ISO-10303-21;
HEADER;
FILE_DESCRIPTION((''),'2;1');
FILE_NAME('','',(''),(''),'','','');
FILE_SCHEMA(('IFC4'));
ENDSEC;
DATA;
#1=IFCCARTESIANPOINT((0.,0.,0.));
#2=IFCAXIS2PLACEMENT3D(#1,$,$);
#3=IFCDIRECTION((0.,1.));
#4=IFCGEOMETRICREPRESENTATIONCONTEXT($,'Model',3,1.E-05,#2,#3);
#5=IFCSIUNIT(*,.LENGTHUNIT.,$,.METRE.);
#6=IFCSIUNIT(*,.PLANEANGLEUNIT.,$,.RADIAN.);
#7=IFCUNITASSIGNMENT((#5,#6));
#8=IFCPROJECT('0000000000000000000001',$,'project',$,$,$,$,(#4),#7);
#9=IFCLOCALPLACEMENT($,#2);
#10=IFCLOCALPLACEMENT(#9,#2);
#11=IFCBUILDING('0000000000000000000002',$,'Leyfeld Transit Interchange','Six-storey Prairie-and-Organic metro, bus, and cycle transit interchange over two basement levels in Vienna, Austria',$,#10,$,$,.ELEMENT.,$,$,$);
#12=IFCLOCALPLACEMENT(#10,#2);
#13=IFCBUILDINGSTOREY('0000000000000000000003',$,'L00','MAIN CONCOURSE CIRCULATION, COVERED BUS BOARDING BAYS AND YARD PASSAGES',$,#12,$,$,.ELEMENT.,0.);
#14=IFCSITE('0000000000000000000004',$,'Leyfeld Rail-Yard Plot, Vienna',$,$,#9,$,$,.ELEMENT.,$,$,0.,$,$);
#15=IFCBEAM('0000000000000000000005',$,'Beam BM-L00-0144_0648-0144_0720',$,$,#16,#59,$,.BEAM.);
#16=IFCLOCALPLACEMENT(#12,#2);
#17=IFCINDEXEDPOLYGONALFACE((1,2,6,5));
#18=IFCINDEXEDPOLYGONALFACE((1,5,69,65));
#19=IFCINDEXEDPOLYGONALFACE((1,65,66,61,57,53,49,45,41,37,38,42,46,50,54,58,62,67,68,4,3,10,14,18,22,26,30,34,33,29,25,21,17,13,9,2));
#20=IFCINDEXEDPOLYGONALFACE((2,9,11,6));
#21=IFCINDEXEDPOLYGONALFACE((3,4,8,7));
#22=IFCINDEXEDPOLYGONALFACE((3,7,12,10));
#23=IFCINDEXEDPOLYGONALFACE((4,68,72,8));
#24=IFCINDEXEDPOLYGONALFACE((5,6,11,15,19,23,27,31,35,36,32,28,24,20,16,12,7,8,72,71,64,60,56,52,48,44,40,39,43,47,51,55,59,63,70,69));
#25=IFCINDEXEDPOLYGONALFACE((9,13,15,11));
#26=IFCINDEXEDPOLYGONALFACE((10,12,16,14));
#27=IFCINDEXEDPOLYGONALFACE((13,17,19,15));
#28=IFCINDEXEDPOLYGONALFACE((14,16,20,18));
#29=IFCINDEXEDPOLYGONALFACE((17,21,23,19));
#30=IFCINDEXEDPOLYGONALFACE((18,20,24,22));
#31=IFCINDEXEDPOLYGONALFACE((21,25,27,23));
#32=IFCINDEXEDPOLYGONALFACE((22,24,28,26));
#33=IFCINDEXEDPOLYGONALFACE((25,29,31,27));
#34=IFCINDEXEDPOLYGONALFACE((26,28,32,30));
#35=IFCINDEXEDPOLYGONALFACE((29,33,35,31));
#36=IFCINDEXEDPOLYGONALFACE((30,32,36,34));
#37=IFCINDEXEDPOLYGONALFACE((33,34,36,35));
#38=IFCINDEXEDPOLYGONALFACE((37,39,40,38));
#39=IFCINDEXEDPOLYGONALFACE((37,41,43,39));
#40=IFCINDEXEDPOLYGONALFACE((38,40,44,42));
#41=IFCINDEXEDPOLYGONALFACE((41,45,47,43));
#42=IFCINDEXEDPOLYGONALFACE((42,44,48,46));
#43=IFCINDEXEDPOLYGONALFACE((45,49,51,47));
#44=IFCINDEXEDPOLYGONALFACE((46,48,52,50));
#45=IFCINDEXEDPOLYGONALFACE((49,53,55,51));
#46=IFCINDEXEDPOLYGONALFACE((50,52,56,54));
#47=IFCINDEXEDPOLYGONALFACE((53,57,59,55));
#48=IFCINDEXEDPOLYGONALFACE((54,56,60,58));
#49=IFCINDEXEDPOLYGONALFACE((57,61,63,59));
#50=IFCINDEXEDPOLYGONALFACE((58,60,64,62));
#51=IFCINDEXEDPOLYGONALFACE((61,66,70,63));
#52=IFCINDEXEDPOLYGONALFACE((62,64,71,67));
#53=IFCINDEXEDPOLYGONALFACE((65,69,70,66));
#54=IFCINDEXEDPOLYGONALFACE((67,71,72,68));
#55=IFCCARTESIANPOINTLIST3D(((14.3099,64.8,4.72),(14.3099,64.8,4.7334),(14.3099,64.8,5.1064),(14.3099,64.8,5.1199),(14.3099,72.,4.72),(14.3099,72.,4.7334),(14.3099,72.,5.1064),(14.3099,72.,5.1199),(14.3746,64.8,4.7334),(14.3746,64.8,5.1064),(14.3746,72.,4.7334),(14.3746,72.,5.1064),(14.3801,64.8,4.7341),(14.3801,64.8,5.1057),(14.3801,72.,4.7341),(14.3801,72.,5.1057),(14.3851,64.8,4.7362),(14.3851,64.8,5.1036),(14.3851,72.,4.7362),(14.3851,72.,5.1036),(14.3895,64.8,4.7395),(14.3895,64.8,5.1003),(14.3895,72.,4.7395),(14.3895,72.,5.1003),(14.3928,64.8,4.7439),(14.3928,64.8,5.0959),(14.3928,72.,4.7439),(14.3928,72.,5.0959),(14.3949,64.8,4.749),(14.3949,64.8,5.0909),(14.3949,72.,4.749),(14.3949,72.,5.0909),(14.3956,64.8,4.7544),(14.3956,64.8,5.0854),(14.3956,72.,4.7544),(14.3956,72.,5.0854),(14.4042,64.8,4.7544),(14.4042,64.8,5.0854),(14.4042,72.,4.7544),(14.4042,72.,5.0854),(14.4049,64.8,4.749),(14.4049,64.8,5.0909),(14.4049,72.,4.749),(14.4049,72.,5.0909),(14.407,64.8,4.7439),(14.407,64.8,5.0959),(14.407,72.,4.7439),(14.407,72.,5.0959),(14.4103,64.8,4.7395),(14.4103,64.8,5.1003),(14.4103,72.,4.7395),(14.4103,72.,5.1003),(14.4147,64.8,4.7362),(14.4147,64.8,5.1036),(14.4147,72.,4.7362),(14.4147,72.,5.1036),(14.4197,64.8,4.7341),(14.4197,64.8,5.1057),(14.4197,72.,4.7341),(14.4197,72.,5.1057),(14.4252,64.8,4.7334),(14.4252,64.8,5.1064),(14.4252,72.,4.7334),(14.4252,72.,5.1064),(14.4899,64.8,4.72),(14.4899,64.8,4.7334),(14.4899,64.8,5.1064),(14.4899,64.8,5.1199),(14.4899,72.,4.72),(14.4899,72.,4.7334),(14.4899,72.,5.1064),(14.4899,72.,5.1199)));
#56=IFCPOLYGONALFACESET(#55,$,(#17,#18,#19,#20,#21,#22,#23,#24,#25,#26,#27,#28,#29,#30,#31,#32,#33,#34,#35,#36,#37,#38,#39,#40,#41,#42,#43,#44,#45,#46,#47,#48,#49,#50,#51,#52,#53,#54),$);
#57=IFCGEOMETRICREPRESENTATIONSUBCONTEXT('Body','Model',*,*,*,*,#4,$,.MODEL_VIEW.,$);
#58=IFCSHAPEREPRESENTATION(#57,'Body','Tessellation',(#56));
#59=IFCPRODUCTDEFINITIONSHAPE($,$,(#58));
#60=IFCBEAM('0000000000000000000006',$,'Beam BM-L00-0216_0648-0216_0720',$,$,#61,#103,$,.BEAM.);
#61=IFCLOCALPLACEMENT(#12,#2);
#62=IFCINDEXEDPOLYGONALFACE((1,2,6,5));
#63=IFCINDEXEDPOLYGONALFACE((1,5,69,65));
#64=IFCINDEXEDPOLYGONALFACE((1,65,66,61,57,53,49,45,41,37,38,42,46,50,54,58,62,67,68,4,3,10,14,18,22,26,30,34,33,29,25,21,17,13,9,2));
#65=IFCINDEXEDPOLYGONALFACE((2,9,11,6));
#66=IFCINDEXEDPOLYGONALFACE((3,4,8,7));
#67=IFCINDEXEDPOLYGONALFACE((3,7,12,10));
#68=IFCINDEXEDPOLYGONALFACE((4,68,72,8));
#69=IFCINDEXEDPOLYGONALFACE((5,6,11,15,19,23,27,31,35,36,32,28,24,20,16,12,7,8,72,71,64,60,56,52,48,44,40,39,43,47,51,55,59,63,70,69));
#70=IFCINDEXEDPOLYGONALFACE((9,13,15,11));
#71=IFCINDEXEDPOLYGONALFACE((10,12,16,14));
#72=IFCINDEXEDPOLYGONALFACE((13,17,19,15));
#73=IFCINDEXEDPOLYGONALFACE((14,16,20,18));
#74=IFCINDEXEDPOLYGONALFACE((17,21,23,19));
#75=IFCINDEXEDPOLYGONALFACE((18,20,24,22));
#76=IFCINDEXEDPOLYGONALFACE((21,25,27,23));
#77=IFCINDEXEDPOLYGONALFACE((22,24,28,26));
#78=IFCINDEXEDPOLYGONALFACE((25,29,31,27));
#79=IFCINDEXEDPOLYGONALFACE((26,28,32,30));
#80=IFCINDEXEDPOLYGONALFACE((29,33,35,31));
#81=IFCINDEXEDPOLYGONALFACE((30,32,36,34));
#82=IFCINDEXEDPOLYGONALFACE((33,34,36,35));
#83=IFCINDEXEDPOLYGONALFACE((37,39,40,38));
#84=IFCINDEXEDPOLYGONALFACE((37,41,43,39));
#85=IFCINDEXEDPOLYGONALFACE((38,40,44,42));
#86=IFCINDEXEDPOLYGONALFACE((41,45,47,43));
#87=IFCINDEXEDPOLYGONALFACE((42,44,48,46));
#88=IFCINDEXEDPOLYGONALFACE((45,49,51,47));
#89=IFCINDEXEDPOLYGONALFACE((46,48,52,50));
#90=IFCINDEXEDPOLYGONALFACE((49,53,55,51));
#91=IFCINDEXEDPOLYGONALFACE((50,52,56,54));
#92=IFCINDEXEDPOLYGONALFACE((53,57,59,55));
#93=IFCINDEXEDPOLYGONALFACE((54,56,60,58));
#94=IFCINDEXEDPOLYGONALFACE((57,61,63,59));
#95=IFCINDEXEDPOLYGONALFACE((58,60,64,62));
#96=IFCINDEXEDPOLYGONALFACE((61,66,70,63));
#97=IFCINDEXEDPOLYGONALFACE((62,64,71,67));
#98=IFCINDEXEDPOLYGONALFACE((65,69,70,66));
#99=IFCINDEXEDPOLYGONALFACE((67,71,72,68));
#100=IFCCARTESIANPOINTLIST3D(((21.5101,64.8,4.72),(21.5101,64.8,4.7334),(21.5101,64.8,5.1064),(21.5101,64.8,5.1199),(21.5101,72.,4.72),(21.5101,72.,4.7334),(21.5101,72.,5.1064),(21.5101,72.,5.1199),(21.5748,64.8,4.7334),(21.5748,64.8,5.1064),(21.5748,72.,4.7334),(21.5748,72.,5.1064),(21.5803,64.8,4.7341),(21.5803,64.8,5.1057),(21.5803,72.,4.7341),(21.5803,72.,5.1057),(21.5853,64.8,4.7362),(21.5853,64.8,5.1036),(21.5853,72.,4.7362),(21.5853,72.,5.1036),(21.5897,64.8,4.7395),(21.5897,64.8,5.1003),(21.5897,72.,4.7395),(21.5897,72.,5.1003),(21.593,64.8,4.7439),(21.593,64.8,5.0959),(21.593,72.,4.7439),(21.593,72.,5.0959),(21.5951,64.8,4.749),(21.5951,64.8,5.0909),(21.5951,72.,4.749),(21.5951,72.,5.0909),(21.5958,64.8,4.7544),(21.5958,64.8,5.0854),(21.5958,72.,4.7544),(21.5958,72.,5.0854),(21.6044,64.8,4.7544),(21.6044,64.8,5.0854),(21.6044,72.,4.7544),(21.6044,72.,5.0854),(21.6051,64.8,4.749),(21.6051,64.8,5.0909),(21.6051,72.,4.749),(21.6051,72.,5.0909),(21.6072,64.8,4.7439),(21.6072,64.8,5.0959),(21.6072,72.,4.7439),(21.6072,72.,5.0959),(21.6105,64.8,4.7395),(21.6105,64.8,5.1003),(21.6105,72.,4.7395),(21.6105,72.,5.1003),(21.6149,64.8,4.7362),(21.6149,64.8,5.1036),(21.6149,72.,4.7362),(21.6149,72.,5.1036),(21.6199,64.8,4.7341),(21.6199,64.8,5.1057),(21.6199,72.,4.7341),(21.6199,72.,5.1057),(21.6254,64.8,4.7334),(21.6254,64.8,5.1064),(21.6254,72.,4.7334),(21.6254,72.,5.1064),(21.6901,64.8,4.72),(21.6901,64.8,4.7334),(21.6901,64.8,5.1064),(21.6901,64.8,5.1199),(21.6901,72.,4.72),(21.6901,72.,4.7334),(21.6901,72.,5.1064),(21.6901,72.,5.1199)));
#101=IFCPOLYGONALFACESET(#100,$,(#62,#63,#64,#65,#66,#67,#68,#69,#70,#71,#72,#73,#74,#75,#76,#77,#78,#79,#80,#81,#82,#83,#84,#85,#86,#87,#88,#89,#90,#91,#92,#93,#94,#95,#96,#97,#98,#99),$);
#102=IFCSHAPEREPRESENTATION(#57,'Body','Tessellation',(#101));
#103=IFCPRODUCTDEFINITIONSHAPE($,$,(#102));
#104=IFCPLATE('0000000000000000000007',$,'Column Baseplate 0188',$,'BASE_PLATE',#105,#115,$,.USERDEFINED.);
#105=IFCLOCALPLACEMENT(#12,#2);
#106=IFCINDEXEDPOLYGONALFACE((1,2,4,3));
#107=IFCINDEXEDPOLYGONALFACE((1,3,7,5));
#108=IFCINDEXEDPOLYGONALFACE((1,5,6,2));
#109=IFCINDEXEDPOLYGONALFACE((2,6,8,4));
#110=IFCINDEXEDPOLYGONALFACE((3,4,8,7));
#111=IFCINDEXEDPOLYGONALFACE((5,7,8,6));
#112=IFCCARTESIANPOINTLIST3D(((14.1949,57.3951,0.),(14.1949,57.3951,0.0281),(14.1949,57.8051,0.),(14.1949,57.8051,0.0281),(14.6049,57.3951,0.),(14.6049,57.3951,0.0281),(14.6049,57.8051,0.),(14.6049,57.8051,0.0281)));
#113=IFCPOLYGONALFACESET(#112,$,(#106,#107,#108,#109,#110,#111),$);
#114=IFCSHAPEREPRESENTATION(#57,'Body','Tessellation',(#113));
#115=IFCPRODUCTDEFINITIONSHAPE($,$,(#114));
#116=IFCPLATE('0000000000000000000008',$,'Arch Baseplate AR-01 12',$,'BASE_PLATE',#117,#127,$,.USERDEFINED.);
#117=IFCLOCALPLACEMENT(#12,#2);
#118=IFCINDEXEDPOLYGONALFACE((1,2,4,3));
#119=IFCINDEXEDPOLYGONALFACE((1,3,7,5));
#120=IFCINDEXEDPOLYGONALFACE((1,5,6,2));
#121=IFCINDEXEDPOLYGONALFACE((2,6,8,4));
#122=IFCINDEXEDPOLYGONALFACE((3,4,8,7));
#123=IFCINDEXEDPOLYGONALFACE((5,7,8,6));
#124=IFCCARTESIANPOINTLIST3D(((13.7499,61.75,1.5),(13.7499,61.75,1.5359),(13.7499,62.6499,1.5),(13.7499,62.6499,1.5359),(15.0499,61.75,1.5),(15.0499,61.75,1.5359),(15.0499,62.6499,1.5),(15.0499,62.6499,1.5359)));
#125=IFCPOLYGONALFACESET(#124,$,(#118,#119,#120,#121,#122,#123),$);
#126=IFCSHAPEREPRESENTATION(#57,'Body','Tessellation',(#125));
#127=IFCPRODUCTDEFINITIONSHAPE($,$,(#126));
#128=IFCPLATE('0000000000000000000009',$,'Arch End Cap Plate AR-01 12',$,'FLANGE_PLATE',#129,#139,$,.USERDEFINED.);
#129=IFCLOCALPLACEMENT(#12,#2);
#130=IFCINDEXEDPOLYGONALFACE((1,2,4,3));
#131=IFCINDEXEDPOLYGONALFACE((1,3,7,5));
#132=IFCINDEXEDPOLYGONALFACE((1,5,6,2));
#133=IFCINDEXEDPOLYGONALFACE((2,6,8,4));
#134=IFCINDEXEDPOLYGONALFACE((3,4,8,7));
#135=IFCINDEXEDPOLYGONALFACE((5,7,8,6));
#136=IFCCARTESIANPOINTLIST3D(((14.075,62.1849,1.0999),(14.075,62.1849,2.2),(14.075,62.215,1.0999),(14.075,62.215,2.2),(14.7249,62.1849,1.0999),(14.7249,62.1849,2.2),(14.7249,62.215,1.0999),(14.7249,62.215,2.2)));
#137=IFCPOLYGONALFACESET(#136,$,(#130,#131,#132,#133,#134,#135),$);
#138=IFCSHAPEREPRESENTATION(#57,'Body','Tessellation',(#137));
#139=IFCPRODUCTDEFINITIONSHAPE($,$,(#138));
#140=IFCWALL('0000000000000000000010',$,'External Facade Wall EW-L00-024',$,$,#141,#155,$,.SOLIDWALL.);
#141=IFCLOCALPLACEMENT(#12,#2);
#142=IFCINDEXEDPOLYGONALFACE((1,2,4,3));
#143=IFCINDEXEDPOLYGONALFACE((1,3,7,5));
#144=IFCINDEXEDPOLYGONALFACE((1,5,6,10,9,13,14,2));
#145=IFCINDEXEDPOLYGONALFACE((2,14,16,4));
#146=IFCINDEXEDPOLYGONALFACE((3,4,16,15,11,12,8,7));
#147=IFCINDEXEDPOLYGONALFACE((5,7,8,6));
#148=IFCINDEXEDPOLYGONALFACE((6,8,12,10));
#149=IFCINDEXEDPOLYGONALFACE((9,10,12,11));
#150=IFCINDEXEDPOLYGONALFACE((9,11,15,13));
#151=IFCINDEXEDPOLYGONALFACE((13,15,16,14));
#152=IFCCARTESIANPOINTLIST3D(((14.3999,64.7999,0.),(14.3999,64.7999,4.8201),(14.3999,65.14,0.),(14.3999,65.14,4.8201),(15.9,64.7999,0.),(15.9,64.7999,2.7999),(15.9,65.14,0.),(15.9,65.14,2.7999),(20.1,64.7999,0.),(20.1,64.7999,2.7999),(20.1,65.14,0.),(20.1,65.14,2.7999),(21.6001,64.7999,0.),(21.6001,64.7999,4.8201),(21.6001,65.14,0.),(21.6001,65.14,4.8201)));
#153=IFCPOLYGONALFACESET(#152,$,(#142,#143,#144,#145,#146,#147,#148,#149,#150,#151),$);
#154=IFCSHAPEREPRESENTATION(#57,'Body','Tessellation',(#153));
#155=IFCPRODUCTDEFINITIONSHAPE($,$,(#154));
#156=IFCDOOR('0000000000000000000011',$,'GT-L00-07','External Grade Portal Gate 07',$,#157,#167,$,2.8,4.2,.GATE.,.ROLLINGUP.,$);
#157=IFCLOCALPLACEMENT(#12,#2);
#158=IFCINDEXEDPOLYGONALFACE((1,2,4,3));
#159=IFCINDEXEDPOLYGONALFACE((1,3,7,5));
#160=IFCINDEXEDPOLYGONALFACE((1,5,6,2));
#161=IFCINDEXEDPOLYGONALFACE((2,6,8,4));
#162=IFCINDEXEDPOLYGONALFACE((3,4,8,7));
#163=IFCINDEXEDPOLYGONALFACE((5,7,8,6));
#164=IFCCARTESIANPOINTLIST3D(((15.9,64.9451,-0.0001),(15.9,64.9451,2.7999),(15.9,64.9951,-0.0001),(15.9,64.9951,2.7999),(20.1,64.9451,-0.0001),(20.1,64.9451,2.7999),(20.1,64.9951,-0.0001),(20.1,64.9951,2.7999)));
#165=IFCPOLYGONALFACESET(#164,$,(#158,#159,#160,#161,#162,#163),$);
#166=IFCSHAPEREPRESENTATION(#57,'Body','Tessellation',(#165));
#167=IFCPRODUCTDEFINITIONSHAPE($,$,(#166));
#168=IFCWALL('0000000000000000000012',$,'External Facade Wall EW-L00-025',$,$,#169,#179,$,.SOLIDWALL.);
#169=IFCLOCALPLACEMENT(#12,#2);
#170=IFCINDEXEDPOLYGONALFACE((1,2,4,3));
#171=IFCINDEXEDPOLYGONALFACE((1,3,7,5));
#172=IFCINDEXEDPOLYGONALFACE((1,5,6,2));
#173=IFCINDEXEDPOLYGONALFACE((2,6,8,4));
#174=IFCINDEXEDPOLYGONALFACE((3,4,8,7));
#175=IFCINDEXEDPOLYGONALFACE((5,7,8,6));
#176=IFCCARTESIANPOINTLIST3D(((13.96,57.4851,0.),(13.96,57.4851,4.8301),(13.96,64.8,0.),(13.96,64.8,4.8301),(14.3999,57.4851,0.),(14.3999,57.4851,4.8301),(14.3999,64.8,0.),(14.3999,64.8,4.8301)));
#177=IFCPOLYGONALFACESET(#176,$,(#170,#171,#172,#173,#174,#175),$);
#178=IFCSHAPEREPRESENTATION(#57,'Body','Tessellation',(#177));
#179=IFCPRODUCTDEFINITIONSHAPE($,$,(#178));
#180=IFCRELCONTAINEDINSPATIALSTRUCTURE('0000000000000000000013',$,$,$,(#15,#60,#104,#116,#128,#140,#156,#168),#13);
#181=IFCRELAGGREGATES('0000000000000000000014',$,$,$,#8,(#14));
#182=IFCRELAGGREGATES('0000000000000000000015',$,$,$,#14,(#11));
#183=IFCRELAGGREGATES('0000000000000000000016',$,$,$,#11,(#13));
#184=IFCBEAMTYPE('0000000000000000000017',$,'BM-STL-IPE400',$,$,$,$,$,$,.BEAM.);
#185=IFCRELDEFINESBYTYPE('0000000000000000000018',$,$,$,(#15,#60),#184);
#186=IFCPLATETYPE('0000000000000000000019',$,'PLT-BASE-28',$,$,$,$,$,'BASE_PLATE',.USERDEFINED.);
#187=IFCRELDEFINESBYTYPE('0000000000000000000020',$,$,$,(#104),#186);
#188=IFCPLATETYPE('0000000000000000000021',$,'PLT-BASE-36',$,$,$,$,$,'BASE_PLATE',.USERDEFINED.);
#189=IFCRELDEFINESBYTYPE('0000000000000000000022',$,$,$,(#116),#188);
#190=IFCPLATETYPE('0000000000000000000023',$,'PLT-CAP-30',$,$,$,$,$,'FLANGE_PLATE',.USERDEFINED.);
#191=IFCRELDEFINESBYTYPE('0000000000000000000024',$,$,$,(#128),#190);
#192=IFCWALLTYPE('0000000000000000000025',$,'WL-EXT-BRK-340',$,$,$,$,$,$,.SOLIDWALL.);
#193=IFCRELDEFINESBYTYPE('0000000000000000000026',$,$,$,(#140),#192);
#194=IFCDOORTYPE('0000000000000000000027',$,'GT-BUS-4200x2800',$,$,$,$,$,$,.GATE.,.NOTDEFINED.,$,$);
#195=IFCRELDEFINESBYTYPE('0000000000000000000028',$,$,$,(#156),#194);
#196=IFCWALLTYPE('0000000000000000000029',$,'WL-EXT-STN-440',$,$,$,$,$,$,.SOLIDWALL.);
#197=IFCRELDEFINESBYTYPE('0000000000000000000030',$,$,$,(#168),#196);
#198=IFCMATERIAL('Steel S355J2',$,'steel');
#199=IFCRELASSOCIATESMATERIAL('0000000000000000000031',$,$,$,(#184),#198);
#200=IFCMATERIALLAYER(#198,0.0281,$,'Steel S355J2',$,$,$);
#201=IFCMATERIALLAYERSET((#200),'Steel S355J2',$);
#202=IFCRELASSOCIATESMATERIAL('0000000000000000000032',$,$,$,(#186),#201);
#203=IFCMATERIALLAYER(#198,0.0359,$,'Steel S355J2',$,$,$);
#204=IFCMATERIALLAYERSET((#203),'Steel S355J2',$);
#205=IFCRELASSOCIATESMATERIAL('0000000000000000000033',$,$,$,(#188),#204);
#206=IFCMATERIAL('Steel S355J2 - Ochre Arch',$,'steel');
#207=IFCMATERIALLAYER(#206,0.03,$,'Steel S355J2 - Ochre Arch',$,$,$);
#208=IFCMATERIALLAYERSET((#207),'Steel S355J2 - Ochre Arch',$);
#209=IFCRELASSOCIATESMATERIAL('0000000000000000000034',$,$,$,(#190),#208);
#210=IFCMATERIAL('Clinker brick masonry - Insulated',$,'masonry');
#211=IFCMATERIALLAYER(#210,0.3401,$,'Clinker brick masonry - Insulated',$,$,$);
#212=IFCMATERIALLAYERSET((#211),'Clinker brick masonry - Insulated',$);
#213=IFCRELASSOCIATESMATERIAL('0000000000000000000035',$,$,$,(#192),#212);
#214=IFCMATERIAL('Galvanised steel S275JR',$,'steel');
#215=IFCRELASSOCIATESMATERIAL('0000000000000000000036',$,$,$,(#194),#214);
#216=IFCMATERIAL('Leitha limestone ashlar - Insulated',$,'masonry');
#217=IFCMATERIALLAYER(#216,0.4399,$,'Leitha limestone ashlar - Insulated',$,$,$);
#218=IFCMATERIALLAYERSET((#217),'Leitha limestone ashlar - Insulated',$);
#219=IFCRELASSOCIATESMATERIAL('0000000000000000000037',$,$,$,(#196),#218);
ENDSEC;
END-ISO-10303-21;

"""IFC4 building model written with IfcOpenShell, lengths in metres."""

from ifc_helpers import new_model, si_unit, direction, frame, frame_2d, origin, origin_2d, place, context, subcontext, project, spatial, rectangle, i_section, extrude, material, layer, layer_set, material_profile, profile_set, type_object, element, fill, save


model = new_model("IFC4")

# Units and contexts
model_context = context("Model", 3, precision=1e-05, world=origin(), true_north=direction((0.0, 1.0)))
body_context = subcontext(model_context, "Body", "Model", "MODEL_VIEW")
ifc_project = project(units=[si_unit("LENGTHUNIT", "METRE"), si_unit("PLANEANGLEUNIT", "RADIAN")], contexts=[model_context])

# Site, building, storey
site_placement = place(None, origin())
site = spatial("IfcSite", under=ifc_project, at=site_placement, Name="Leyfeld Rail-Yard Plot, Vienna", CompositionType="ELEMENT", RefElevation=0.0)
building_placement = place(site_placement, origin())
building = spatial("IfcBuilding", under=site, at=building_placement, Name="Leyfeld Transit Interchange", Description="Six-storey Prairie-and-Organic metro, bus, and cycle transit interchange over two basement levels in Vienna, Austria", CompositionType="ELEMENT")
storey_placement = place(building_placement, origin())
storey = spatial("IfcBuildingStorey", under=building, at=storey_placement, Name="L00", Description="MAIN CONCOURSE CIRCULATION, COVERED BUS BOARDING BAYS AND YARD PASSAGES", CompositionType="ELEMENT", Elevation=0.0)

# Shared definitions
ifc_material_1 = material(Name="Steel S355J2", Category="steel")

# Beams
ifc_material_profile_1 = material_profile(ifc_material_1, i_section(OverallWidth=0.1799, OverallDepth=0.3999, WebThickness=0.0085, FlangeThickness=0.0134, FilletRadius=0.021, at=origin_2d()), Name="IPE 400")
ifc_profile_set_1 = profile_set([ifc_material_profile_1], Name="Steel S355J2")
beam_type_1 = type_object("IfcBeamType", Name="BM-STL-IPE400", PredefinedType="BEAM", material=ifc_profile_set_1)
for number, where, z_axis, x_axis, name in (
    (1, (14.3999, 64.8, 4.9199), (0.0, 1.0, 0.0), (-1.0, 0.0, 0.0), "Beam BM-L00-0144_0648-0144_0720"),
    (2, (21.6001, 64.8, 4.9199), (0.0, 1.0, 0.0), (-1.0, 0.0, 0.0), "Beam BM-L00-0216_0648-0216_0720"),
):
    element("IfcBeam", number, at=place(storey_placement, frame(where, z_axis=z_axis, x_axis=x_axis)), inside=storey, type_object=beam_type_1, Name=name, PredefinedType="BEAM", context=body_context, shape_type="SweptSolid", body=[
        extrude(i_section(OverallWidth=0.1799, OverallDepth=0.3999, WebThickness=0.0085, FlangeThickness=0.0134, FilletRadius=0.021, at=origin_2d()), origin(), (0.0, 0.0, 1.0), 7.2),
    ])

# Plates
ifc_layer_1 = layer(ifc_material_1, 0.0281, Name="Steel S355J2")
ifc_layer_set_1 = layer_set([ifc_layer_1], Name="Steel S355J2")
plate_type_1 = type_object("IfcPlateType", Name="PLT-BASE-28", ElementType="BASE_PLATE", PredefinedType="USERDEFINED", material=ifc_layer_set_1)
plate_1_placement = place(storey_placement, frame((14.3999, 57.6001, 0.0), z_axis=(0.0, 0.0, 1.0), x_axis=(1.0, 0.0, 0.0)))
element("IfcPlate", 3, at=plate_1_placement, inside=storey, type_object=plate_type_1, Name="Column Baseplate 0188", ObjectType="BASE_PLATE", PredefinedType="USERDEFINED", context=body_context, shape_type="SweptSolid", body=[
    extrude(rectangle(XDim=0.4099, YDim=0.4099, at=origin_2d()), origin(), (0.0, 0.0, 1.0), 0.0281),
])
ifc_layer_2 = layer(ifc_material_1, 0.0359, Name="Steel S355J2")
ifc_layer_set_2 = layer_set([ifc_layer_2], Name="Steel S355J2")
plate_type_2 = type_object("IfcPlateType", Name="PLT-BASE-36", ElementType="BASE_PLATE", PredefinedType="USERDEFINED", material=ifc_layer_set_2)
plate_2_placement = place(storey_placement, frame((14.3999, 62.2, 1.5), z_axis=(0.0, 0.0, 1.0), x_axis=(1.0, 0.0, 0.0)))
element("IfcPlate", 4, at=plate_2_placement, inside=storey, type_object=plate_type_2, Name="Arch Baseplate AR-01 12", ObjectType="BASE_PLATE", PredefinedType="USERDEFINED", context=body_context, shape_type="SweptSolid", body=[
    extrude(rectangle(XDim=1.3, YDim=0.8999, at=origin_2d()), origin(), (0.0, 0.0, 1.0), 0.0359),
])
ifc_material_2 = material(Name="Steel S355J2 - Ochre Arch", Category="steel")
ifc_layer_3 = layer(ifc_material_2, 0.03, Name="Steel S355J2 - Ochre Arch")
ifc_layer_set_3 = layer_set([ifc_layer_3], Name="Steel S355J2 - Ochre Arch")
plate_type_3 = type_object("IfcPlateType", Name="PLT-CAP-30", ElementType="FLANGE_PLATE", PredefinedType="USERDEFINED", material=ifc_layer_set_3)
plate_3_placement = place(storey_placement, frame((14.3999, 62.2, 1.0999), z_axis=(0.0, 0.0, 1.0), x_axis=(1.0, 0.0, 0.0)))
element("IfcPlate", 5, at=plate_3_placement, inside=storey, type_object=plate_type_3, Name="Arch End Cap Plate AR-01 12", ObjectType="FLANGE_PLATE", PredefinedType="USERDEFINED", context=body_context, shape_type="SweptSolid", body=[
    extrude(rectangle(XDim=0.6499, YDim=0.03, at=origin_2d()), origin(), (0.0, 0.0, 1.0), 1.1001),
])

# Wall, opening, door
ifc_material_3 = material(Name="Clinker brick masonry - Insulated", Category="masonry")
ifc_layer_4 = layer(ifc_material_3, 0.3401, Name="Clinker brick masonry - Insulated")
ifc_layer_set_4 = layer_set([ifc_layer_4], Name="Clinker brick masonry - Insulated")
wall_type_1 = type_object("IfcWallType", Name="WL-EXT-BRK-340", PredefinedType="SOLIDWALL", material=ifc_layer_set_4)
wall_1_placement = place(storey_placement, frame((21.6001, 64.97, 0.0), z_axis=(0.0, 0.0, 1.0), x_axis=(-1.0, 0.0, 0.0)))
wall_1 = element("IfcWall", 6, at=wall_1_placement, inside=storey, type_object=wall_type_1, Name="External Facade Wall EW-L00-024", PredefinedType="SOLIDWALL", context=body_context, shape_type="SweptSolid", body=[
    extrude(rectangle(XDim=7.2002, YDim=0.3401, at=frame_2d((3.6001, 0.0))), origin(), (0.0, 0.0, 1.0), 4.8201),
])
opening_placement = place(wall_1_placement, frame((1.5, 0.0, 0.0)))
opening = element("IfcOpeningElement", 7, at=opening_placement, cuts=wall_1, PredefinedType="OPENING", context=body_context, shape_type="SweptSolid", body=[
    extrude(rectangle(XDim=4.2, YDim=2.8, at=frame_2d((2.1001, 1.3999))), frame((0.0, 0.1799, 0.0), z_axis=(0.0, -1.0, 0.0), x_axis=(1.0, 0.0, 0.0)), (0.0, 0.0, 1.0), 0.3601),
])
ifc_material_4 = material(Name="Galvanised steel S275JR", Category="steel")
door_type = type_object("IfcDoorType", Name="GT-BUS-4200x2800", OperationType="NOTDEFINED", PredefinedType="GATE", material=ifc_material_4)
door_placement = place(opening_placement, origin())
door = element("IfcDoor", 8, at=door_placement, inside=storey, type_object=door_type, Name="GT-L00-07", Description="External Grade Portal Gate 07", OperationType="ROLLINGUP", OverallHeight=2.8, OverallWidth=4.2, PredefinedType="GATE", context=body_context, shape_type="SweptSolid", body=[
    extrude(rectangle(XDim=4.2, YDim=2.8, at=frame_2d((2.1001, 1.3999))), frame((0.0, 0.0249, 0.0), z_axis=(0.0, -1.0, 0.0), x_axis=(1.0, 0.0, 0.0)), (0.0, 0.0, 1.0), 0.05),
])
fill(opening, door)

# Wall
ifc_material_5 = material(Name="Leitha limestone ashlar - Insulated", Category="masonry")
ifc_layer_5 = layer(ifc_material_5, 0.4399, Name="Leitha limestone ashlar - Insulated")
ifc_layer_set_5 = layer_set([ifc_layer_5], Name="Leitha limestone ashlar - Insulated")
wall_type_2 = type_object("IfcWallType", Name="WL-EXT-STN-440", PredefinedType="SOLIDWALL", material=ifc_layer_set_5)
wall_2_placement = place(storey_placement, frame((14.1799, 64.8, 0.0), z_axis=(0.0, 0.0, 1.0), x_axis=(0.0, -1.0, 0.0)))
element("IfcWall", 9, at=wall_2_placement, inside=storey, type_object=wall_type_2, Name="External Facade Wall EW-L00-025", PredefinedType="SOLIDWALL", context=body_context, shape_type="SweptSolid", body=[
    extrude(rectangle(XDim=7.3149, YDim=0.4399, at=frame_2d((3.6575, 0.0))), origin(), (0.0, 0.0, 1.0), 4.8301),
])

save(model, "model.ifc")
